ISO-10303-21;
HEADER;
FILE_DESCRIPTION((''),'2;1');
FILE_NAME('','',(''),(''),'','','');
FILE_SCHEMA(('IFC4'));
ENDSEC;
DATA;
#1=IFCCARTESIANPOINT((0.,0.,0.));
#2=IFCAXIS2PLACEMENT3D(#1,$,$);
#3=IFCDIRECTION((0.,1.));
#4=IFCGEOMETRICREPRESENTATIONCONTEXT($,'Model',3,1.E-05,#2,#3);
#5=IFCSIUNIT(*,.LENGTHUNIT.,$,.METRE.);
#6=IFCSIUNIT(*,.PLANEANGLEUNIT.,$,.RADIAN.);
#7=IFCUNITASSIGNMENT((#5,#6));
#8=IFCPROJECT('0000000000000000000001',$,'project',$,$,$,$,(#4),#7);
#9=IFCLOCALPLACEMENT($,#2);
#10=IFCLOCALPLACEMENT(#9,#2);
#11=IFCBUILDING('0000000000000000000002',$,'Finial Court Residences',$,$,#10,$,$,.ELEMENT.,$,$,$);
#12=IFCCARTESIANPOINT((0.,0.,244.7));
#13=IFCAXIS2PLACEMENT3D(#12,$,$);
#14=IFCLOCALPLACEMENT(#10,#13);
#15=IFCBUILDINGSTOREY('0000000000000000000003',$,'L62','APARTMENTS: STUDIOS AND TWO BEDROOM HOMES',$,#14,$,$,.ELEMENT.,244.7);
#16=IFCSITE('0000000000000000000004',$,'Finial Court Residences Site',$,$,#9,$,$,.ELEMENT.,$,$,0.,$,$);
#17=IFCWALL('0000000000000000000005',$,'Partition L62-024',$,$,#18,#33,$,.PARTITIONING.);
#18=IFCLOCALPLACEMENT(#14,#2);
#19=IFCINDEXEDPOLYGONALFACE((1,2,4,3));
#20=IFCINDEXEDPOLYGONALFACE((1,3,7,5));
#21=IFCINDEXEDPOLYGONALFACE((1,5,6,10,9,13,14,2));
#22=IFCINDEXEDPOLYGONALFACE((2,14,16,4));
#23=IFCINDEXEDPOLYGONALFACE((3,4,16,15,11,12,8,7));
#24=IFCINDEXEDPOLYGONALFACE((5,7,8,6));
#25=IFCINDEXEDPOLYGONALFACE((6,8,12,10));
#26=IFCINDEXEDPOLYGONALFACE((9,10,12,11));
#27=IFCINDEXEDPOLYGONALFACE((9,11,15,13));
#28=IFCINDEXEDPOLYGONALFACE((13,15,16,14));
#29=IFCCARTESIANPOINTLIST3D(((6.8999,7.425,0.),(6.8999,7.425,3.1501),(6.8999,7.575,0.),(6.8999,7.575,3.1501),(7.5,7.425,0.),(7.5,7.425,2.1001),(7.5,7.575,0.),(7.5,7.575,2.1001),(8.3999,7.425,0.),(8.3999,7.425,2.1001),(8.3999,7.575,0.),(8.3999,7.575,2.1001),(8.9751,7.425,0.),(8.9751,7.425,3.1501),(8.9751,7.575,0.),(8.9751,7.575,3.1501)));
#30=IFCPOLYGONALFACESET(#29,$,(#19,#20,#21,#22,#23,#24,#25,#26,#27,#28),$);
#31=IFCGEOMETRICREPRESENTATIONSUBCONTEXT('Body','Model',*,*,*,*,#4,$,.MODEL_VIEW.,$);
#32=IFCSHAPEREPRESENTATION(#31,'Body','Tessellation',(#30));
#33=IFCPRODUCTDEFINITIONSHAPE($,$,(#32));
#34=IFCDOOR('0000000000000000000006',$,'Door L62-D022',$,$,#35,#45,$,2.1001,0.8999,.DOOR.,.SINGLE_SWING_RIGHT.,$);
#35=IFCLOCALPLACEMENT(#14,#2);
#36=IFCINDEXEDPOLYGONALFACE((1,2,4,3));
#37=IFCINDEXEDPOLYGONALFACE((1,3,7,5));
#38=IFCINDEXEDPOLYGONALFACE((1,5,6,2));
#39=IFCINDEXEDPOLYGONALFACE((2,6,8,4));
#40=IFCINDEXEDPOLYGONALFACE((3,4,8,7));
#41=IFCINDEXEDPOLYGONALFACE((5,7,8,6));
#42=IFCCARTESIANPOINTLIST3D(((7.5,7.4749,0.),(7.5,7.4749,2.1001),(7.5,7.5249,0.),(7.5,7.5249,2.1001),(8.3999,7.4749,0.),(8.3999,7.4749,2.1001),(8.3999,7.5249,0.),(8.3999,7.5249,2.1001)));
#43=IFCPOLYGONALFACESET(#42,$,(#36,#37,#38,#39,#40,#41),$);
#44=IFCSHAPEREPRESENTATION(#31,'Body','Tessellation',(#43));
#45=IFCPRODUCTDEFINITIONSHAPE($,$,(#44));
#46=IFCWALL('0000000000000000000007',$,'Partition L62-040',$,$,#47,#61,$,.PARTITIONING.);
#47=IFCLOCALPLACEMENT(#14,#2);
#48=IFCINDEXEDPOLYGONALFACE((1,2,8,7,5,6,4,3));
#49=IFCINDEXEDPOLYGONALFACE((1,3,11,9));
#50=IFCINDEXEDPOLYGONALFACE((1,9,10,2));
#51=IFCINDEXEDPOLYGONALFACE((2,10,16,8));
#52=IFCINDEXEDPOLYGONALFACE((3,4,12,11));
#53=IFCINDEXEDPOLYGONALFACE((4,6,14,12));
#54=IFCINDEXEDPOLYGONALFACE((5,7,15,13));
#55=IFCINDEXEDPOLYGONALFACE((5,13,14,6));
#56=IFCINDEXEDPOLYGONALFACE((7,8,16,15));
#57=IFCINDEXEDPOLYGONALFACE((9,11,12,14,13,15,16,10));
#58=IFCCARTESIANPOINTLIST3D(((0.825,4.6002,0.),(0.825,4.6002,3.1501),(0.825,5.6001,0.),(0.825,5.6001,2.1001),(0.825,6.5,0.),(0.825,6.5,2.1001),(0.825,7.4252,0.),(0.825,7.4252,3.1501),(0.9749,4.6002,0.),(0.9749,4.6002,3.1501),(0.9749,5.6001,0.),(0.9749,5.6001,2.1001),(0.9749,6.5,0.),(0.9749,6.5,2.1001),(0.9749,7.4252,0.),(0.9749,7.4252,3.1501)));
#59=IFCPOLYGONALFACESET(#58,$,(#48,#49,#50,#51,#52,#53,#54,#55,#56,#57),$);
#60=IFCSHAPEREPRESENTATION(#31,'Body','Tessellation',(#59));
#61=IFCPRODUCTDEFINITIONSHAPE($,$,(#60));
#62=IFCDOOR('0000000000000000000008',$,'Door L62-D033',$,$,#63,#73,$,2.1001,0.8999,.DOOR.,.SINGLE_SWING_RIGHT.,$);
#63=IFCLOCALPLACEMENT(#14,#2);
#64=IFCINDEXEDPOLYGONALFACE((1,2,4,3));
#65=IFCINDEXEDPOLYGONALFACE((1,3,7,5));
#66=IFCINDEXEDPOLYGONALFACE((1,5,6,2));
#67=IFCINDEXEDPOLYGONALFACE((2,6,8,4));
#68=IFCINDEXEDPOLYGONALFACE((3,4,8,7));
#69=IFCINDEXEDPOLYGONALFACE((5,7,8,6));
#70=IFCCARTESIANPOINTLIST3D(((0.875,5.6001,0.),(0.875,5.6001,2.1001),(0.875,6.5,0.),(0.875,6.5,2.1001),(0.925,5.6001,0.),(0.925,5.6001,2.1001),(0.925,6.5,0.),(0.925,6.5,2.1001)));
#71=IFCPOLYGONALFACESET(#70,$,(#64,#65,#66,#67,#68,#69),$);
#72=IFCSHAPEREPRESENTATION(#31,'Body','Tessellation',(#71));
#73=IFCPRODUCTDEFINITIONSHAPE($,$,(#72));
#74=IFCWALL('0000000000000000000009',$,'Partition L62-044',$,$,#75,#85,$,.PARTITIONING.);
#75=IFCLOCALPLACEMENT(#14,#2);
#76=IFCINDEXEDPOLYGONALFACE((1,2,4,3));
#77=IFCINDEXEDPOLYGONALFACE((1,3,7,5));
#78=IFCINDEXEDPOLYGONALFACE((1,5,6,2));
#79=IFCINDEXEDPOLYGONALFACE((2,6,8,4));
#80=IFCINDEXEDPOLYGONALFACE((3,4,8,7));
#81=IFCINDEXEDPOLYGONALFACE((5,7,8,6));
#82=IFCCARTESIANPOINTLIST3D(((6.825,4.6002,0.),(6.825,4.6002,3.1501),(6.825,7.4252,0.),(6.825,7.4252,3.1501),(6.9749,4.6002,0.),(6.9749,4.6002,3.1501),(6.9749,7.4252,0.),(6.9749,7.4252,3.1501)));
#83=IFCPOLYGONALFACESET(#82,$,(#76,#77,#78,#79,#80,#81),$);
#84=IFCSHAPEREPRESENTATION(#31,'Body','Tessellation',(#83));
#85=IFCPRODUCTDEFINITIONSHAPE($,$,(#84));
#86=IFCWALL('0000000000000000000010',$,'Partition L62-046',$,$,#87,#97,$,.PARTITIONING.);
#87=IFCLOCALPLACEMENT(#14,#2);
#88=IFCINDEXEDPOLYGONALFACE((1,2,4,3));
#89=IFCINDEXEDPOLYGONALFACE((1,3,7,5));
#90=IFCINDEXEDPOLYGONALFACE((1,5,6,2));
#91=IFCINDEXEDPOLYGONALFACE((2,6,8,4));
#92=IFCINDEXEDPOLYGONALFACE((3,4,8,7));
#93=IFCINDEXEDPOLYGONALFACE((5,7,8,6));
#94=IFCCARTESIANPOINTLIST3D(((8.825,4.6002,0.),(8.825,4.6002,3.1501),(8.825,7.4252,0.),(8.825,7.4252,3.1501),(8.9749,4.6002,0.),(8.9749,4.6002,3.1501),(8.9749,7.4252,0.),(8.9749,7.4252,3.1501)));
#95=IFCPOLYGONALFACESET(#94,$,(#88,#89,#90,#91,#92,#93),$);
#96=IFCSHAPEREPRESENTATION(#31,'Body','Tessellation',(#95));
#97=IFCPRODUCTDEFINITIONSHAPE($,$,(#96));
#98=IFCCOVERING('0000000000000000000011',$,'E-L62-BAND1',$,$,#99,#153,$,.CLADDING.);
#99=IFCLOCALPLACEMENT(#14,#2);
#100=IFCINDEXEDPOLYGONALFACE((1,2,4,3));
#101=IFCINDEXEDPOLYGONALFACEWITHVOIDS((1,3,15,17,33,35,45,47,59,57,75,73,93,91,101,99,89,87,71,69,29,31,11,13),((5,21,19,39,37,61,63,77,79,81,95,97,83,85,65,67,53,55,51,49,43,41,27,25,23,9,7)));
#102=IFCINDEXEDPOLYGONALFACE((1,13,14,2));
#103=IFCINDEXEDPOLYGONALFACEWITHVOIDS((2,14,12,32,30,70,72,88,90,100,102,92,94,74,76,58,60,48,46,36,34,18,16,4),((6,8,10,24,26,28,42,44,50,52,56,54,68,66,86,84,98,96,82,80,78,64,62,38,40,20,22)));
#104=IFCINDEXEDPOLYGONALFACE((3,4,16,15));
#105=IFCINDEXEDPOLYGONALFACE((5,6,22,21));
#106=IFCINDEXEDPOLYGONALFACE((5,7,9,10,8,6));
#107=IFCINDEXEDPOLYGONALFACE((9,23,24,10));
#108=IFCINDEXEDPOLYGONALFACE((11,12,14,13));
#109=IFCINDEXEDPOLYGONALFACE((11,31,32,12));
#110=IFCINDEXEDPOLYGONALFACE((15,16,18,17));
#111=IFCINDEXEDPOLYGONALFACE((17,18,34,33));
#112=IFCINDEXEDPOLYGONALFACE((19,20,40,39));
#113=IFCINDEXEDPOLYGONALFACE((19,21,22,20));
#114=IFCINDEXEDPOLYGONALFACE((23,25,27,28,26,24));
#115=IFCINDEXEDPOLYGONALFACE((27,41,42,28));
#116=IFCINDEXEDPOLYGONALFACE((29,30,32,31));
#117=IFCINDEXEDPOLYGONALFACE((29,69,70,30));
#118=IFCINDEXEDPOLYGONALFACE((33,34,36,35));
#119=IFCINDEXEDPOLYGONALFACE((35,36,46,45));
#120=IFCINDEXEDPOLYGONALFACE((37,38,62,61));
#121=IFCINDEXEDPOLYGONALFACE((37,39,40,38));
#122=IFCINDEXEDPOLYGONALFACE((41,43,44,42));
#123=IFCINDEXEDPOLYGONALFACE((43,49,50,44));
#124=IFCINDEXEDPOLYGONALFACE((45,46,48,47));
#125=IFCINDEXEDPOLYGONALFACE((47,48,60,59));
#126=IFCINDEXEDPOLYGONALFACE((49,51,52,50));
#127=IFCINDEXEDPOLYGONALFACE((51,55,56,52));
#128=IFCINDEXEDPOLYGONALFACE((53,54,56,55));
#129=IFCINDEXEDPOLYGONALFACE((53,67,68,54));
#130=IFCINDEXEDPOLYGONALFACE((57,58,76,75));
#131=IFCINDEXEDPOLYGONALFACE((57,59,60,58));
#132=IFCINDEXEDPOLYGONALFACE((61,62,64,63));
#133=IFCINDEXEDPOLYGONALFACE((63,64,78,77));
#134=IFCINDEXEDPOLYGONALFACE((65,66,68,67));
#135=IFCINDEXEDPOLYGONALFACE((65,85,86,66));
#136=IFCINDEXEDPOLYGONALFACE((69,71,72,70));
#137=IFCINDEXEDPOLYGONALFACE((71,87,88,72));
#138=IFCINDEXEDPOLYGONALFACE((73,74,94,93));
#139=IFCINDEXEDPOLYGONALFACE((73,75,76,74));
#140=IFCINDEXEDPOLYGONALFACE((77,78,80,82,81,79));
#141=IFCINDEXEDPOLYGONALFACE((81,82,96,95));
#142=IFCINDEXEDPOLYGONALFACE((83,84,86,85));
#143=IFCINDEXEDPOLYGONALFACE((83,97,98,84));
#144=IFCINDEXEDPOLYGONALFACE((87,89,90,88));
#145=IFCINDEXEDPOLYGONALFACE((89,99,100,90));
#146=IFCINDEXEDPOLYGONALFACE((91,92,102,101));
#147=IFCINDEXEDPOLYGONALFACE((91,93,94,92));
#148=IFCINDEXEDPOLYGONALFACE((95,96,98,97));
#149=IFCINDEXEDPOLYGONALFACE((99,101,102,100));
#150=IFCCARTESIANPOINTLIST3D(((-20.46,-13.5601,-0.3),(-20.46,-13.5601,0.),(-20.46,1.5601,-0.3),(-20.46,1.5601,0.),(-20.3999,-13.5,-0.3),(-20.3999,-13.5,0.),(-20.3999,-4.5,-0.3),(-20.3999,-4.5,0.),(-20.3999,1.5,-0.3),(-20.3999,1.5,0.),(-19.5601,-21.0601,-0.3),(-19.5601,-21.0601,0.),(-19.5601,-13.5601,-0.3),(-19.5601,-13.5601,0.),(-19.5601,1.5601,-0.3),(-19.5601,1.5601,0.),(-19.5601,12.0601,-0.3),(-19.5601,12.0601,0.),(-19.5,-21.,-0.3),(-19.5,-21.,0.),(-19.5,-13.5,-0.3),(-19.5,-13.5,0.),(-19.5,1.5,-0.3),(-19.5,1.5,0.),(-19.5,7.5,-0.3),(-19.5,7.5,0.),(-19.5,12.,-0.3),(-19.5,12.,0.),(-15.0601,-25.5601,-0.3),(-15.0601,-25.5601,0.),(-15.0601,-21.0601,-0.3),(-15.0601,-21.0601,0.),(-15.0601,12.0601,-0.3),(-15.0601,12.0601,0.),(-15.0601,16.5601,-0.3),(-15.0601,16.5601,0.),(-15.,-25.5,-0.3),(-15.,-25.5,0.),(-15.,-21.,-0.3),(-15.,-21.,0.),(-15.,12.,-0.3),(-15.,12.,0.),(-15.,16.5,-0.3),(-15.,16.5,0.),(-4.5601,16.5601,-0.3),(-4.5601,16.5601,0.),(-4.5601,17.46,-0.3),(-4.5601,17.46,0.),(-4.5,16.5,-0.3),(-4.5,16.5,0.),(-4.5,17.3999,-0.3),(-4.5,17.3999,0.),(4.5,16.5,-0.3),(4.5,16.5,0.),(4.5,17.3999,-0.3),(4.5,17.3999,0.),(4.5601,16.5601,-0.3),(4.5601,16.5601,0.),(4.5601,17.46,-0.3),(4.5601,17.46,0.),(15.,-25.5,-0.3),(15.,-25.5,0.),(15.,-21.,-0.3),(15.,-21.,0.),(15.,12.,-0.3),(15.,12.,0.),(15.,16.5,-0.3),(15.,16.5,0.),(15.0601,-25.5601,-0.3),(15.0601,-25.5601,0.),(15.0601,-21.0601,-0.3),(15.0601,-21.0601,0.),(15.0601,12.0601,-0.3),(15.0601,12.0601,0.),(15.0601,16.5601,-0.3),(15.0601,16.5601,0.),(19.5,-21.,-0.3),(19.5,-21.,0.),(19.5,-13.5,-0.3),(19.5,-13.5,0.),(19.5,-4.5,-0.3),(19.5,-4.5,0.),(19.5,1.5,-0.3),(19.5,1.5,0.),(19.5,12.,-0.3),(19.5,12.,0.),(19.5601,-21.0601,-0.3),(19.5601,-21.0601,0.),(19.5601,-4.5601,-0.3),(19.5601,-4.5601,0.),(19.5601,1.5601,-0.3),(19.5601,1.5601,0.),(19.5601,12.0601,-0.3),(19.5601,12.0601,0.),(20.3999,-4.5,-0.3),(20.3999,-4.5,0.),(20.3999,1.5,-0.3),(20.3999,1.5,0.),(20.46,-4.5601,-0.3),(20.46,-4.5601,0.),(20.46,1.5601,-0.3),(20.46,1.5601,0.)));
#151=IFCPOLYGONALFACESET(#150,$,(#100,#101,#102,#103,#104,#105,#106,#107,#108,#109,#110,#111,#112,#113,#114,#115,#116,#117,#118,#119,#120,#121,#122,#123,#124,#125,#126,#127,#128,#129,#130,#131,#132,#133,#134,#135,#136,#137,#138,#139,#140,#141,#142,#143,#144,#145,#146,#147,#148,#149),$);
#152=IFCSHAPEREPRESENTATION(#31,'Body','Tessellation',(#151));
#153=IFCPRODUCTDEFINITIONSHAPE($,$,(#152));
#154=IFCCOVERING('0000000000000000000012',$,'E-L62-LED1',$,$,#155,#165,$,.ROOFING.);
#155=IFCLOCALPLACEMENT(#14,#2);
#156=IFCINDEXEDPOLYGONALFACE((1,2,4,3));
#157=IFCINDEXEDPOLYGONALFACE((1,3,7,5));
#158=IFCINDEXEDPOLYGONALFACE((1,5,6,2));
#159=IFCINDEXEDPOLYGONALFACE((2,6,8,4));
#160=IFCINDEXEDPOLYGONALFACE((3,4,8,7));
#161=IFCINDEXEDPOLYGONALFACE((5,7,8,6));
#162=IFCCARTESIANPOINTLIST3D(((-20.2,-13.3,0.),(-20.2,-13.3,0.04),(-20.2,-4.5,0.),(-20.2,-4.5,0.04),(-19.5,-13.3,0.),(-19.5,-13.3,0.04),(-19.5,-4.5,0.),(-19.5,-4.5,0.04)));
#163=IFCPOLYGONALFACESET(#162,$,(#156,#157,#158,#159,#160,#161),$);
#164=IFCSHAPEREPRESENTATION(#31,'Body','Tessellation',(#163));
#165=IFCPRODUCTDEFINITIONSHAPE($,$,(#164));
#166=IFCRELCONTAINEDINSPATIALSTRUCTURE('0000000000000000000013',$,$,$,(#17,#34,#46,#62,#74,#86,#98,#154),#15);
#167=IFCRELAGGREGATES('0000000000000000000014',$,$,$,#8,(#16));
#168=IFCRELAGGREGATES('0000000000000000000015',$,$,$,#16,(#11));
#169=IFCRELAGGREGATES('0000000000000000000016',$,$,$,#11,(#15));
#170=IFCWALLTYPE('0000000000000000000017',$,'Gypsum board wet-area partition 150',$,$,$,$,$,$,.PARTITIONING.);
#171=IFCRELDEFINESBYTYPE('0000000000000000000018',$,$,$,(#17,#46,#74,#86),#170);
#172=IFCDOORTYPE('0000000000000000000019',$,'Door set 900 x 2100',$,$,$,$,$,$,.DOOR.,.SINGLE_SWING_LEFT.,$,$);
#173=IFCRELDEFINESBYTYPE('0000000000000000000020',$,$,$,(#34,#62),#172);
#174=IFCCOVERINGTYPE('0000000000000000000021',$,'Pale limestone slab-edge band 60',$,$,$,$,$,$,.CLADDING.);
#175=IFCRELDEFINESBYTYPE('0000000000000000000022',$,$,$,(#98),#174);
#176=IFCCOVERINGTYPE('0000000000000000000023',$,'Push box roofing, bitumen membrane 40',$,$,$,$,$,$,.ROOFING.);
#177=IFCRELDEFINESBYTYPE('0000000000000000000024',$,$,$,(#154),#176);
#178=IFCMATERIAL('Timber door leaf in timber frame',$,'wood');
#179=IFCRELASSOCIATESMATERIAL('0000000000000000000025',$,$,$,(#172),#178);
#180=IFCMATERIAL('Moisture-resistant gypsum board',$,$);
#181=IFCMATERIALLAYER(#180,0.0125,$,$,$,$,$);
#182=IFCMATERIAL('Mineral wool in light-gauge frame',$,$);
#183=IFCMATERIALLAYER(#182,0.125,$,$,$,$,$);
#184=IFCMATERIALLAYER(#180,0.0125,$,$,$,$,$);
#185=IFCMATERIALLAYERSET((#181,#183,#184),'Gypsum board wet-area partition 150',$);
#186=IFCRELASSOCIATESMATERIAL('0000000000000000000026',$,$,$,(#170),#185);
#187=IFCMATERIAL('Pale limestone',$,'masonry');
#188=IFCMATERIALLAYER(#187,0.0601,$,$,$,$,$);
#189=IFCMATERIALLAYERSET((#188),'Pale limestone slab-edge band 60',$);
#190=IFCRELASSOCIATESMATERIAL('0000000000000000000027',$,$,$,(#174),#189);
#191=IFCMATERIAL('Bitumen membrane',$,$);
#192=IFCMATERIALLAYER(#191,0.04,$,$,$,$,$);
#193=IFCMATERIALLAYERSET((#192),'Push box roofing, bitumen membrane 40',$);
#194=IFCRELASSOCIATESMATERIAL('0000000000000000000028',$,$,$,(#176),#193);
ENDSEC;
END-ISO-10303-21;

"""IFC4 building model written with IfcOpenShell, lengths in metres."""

from ifc_helpers import new_model, si_unit, direction, frame, frame_2d, origin, place, context, subcontext, project, spatial, polyline, rectangle, outline, extrude, material, layer, layer_set, type_object, element, fill, save


model = new_model("IFC4")

# Units and contexts
model_context = context("Model", 3, precision=1e-05, world=origin(), true_north=direction((0.0, 1.0)))
body_context = subcontext(model_context, "Body", "Model", "MODEL_VIEW")
ifc_project = project(units=[si_unit("LENGTHUNIT", "METRE"), si_unit("PLANEANGLEUNIT", "RADIAN")], contexts=[model_context])

# Site, building, storey
site_placement = place(None, origin())
site = spatial("IfcSite", under=ifc_project, at=site_placement, Name="Finial Court Residences Site", CompositionType="ELEMENT", RefElevation=0.0)
building_placement = place(site_placement, origin())
building = spatial("IfcBuilding", under=site, at=building_placement, Name="Finial Court Residences", CompositionType="ELEMENT")
storey_placement = place(building_placement, frame((0.0, 0.0, 244.7)))
storey = spatial("IfcBuildingStorey", under=building, at=storey_placement, Name="L62", Description="APARTMENTS: STUDIOS AND TWO BEDROOM HOMES", CompositionType="ELEMENT", Elevation=244.7)

# Shared definitions
ifc_material_1 = material(Name="Mineral wool in light-gauge frame")

# Shared definitions
ifc_material_2 = material(Name="Timber door leaf in timber frame", Category="wood")
door_type = type_object("IfcDoorType", Name="Door set 900 x 2100", OperationType="SINGLE_SWING_LEFT", PredefinedType="DOOR", material=ifc_material_2)

# Walls, openings, doors
ifc_material_3 = material(Name="Moisture-resistant gypsum board")
ifc_layer_1 = layer(ifc_material_3, 0.0125)
ifc_layer_2 = layer(ifc_material_1, 0.125)
ifc_layer_3 = layer(ifc_material_3, 0.0125)
ifc_layer_set_1 = layer_set([ifc_layer_1, ifc_layer_2, ifc_layer_3], Name="Gypsum board wet-area partition 150")
wall_type_1 = type_object("IfcWallType", Name="Gypsum board wet-area partition 150", PredefinedType="PARTITIONING", material=ifc_layer_set_1)
wall_1_placement = place(storey_placement, frame((6.8999, 7.5, 0.0), z_axis=(0.0, 0.0, 1.0), x_axis=(1.0, 0.0, 0.0)))
wall_1 = element("IfcWall", 1, at=wall_1_placement, inside=storey, type_object=wall_type_1, Name="Partition L62-024", PredefinedType="PARTITIONING", context=body_context, shape_type="SweptSolid", body=[
    extrude(rectangle(XDim=2.0752, YDim=0.1499, at=frame_2d((1.0376, 0.0))), origin(), (0.0, 0.0, 1.0), 3.1501),
])
opening_1_placement = place(wall_1_placement, frame((0.6001, 0.0, 0.0)))
opening_1 = element("IfcOpeningElement", 2, at=opening_1_placement, cuts=wall_1, PredefinedType="OPENING", context=body_context, shape_type="SweptSolid", body=[
    extrude(rectangle(XDim=0.8999, YDim=2.1001, at=frame_2d((0.45, 1.05))), frame((0.0, 0.085, 0.0), z_axis=(0.0, -1.0, 0.0), x_axis=(1.0, 0.0, 0.0)), (0.0, 0.0, 1.0), 0.1699),
])
door_1_placement = place(opening_1_placement, origin())
door_1 = element("IfcDoor", 3, at=door_1_placement, inside=storey, type_object=door_type, Name="Door L62-D022", OperationType="SINGLE_SWING_RIGHT", OverallHeight=2.1001, OverallWidth=0.8999, PredefinedType="DOOR", context=body_context, shape_type="SweptSolid", body=[
    extrude(rectangle(XDim=0.8999, YDim=2.1001, at=frame_2d((0.45, 1.05))), frame((0.0, 0.0249, 0.0), z_axis=(0.0, -1.0, 0.0), x_axis=(1.0, 0.0, 0.0)), (0.0, 0.0, 1.0), 0.05),
])
fill(opening_1, door_1)
wall_2_placement = place(storey_placement, frame((0.8999, 4.6001, 0.0), z_axis=(0.0, 0.0, 1.0), x_axis=(0.0, 1.0, 0.0)))
wall_2 = element("IfcWall", 4, at=wall_2_placement, inside=storey, type_object=wall_type_1, Name="Partition L62-040", PredefinedType="PARTITIONING", context=body_context, shape_type="SweptSolid", body=[
    extrude(rectangle(XDim=2.825, YDim=0.1499, at=frame_2d((1.4126, 0.0))), origin(), (0.0, 0.0, 1.0), 3.1501),
])
opening_2_placement = place(wall_2_placement, frame((1.0, 0.0, 0.0)))
opening_2 = element("IfcOpeningElement", 5, at=opening_2_placement, cuts=wall_2, PredefinedType="OPENING", context=body_context, shape_type="SweptSolid", body=[
    extrude(rectangle(XDim=0.8999, YDim=2.1001, at=frame_2d((0.45, 1.05))), frame((0.0, 0.085, 0.0), z_axis=(0.0, -1.0, 0.0), x_axis=(1.0, 0.0, 0.0)), (0.0, 0.0, 1.0), 0.1699),
])
door_2_placement = place(opening_2_placement, origin())
door_2 = element("IfcDoor", 6, at=door_2_placement, inside=storey, type_object=door_type, Name="Door L62-D033", OperationType="SINGLE_SWING_RIGHT", OverallHeight=2.1001, OverallWidth=0.8999, PredefinedType="DOOR", context=body_context, shape_type="SweptSolid", body=[
    extrude(rectangle(XDim=0.8999, YDim=2.1001, at=frame_2d((0.45, 1.05))), frame((0.0, 0.0249, 0.0), z_axis=(0.0, -1.0, 0.0), x_axis=(1.0, 0.0, 0.0)), (0.0, 0.0, 1.0), 0.05),
])
fill(opening_2, door_2)

# Walls
for number, where, z_axis, x_axis, name in (
    (7, (6.8999, 4.6001, 0.0), (0.0, 0.0, 1.0), (0.0, 1.0, 0.0), "Partition L62-044"),
    (8, (8.8999, 4.6001, 0.0), (0.0, 0.0, 1.0), (0.0, 1.0, 0.0), "Partition L62-046"),
):
    element("IfcWall", number, at=place(storey_placement, frame(where, z_axis=z_axis, x_axis=x_axis)), inside=storey, type_object=wall_type_1, Name=name, PredefinedType="PARTITIONING", context=body_context, shape_type="SweptSolid", body=[
        extrude(rectangle(XDim=2.825, YDim=0.1499, at=frame_2d((1.4126, 0.0))), origin(), (0.0, 0.0, 1.0), 3.1501),
    ])

# Coverings
ifc_material_4 = material(Name="Pale limestone", Category="masonry")
ifc_layer_4 = layer(ifc_material_4, 0.0601)
ifc_layer_set_2 = layer_set([ifc_layer_4], Name="Pale limestone slab-edge band 60")
covering_type_1 = type_object("IfcCoveringType", Name="Pale limestone slab-edge band 60", PredefinedType="CLADDING", material=ifc_layer_set_2)
covering_1_placement = place(storey_placement, frame((0.0, 0.0, -0.3)))
element("IfcCovering", 9, at=covering_1_placement, inside=storey, type_object=covering_type_1, Name="E-L62-BAND1", PredefinedType="CLADDING", context=body_context, shape_type="SweptSolid", body=[
    extrude(outline(polyline([(-20.46, 1.5601), (-19.5601, 1.5601), (-19.5601, 12.0601), (-15.0601, 12.0601), (-15.0601, 16.5601), (-4.5601, 16.5601), (-4.5601, 17.46), (4.5601, 17.46), (4.5601, 16.5601), (15.0601, 16.5601), (15.0601, 12.0601), (19.5601, 12.0601), (19.5601, 1.5601), (20.46, 1.5601), (20.46, -4.5601), (19.5601, -4.5601), (19.5601, -21.0601), (15.0601, -21.0601), (15.0601, -25.5601), (-15.0601, -25.5601), (-15.0601, -21.0601), (-19.5601, -21.0601), (-19.5601, -13.5601), (-20.46, -13.5601), (-20.46, 1.5601)]), holes=[polyline([(-19.5, -13.5), (-19.5, -21.0), (-15.0, -21.0), (-15.0, -25.5), (15.0, -25.5), (15.0, -21.0), (19.5, -21.0), (19.5, -13.5), (19.5, -4.5), (20.3999, -4.5), (20.3999, 1.5), (19.5, 1.5), (19.5, 12.0), (15.0, 12.0), (15.0, 16.5), (4.5, 16.5), (4.5, 17.3999), (-4.5, 17.3999), (-4.5, 16.5), (-15.0, 16.5), (-15.0, 12.0), (-19.5, 12.0), (-19.5, 7.5), (-19.5, 1.5), (-20.3999, 1.5), (-20.3999, -4.5), (-20.3999, -13.5), (-19.5, -13.5)])]), origin(), (0.0, 0.0, 1.0), 0.3),
])
ifc_material_5 = material(Name="Bitumen membrane")
ifc_layer_5 = layer(ifc_material_5, 0.04)
ifc_layer_set_3 = layer_set([ifc_layer_5], Name="Push box roofing, bitumen membrane 40")
covering_type_2 = type_object("IfcCoveringType", Name="Push box roofing, bitumen membrane 40", PredefinedType="ROOFING", material=ifc_layer_set_3)
covering_2_placement = place(storey_placement, origin())
element("IfcCovering", 10, at=covering_2_placement, inside=storey, type_object=covering_type_2, Name="E-L62-LED1", PredefinedType="ROOFING", context=body_context, shape_type="SweptSolid", body=[
    extrude(outline(polyline([(-19.5, -13.3), (-20.2, -13.3), (-20.2, -4.5), (-19.5, -4.5), (-19.5, -13.3)])), origin(), (0.0, 0.0, 1.0), 0.04),
])

save(model, "model.ifc")
